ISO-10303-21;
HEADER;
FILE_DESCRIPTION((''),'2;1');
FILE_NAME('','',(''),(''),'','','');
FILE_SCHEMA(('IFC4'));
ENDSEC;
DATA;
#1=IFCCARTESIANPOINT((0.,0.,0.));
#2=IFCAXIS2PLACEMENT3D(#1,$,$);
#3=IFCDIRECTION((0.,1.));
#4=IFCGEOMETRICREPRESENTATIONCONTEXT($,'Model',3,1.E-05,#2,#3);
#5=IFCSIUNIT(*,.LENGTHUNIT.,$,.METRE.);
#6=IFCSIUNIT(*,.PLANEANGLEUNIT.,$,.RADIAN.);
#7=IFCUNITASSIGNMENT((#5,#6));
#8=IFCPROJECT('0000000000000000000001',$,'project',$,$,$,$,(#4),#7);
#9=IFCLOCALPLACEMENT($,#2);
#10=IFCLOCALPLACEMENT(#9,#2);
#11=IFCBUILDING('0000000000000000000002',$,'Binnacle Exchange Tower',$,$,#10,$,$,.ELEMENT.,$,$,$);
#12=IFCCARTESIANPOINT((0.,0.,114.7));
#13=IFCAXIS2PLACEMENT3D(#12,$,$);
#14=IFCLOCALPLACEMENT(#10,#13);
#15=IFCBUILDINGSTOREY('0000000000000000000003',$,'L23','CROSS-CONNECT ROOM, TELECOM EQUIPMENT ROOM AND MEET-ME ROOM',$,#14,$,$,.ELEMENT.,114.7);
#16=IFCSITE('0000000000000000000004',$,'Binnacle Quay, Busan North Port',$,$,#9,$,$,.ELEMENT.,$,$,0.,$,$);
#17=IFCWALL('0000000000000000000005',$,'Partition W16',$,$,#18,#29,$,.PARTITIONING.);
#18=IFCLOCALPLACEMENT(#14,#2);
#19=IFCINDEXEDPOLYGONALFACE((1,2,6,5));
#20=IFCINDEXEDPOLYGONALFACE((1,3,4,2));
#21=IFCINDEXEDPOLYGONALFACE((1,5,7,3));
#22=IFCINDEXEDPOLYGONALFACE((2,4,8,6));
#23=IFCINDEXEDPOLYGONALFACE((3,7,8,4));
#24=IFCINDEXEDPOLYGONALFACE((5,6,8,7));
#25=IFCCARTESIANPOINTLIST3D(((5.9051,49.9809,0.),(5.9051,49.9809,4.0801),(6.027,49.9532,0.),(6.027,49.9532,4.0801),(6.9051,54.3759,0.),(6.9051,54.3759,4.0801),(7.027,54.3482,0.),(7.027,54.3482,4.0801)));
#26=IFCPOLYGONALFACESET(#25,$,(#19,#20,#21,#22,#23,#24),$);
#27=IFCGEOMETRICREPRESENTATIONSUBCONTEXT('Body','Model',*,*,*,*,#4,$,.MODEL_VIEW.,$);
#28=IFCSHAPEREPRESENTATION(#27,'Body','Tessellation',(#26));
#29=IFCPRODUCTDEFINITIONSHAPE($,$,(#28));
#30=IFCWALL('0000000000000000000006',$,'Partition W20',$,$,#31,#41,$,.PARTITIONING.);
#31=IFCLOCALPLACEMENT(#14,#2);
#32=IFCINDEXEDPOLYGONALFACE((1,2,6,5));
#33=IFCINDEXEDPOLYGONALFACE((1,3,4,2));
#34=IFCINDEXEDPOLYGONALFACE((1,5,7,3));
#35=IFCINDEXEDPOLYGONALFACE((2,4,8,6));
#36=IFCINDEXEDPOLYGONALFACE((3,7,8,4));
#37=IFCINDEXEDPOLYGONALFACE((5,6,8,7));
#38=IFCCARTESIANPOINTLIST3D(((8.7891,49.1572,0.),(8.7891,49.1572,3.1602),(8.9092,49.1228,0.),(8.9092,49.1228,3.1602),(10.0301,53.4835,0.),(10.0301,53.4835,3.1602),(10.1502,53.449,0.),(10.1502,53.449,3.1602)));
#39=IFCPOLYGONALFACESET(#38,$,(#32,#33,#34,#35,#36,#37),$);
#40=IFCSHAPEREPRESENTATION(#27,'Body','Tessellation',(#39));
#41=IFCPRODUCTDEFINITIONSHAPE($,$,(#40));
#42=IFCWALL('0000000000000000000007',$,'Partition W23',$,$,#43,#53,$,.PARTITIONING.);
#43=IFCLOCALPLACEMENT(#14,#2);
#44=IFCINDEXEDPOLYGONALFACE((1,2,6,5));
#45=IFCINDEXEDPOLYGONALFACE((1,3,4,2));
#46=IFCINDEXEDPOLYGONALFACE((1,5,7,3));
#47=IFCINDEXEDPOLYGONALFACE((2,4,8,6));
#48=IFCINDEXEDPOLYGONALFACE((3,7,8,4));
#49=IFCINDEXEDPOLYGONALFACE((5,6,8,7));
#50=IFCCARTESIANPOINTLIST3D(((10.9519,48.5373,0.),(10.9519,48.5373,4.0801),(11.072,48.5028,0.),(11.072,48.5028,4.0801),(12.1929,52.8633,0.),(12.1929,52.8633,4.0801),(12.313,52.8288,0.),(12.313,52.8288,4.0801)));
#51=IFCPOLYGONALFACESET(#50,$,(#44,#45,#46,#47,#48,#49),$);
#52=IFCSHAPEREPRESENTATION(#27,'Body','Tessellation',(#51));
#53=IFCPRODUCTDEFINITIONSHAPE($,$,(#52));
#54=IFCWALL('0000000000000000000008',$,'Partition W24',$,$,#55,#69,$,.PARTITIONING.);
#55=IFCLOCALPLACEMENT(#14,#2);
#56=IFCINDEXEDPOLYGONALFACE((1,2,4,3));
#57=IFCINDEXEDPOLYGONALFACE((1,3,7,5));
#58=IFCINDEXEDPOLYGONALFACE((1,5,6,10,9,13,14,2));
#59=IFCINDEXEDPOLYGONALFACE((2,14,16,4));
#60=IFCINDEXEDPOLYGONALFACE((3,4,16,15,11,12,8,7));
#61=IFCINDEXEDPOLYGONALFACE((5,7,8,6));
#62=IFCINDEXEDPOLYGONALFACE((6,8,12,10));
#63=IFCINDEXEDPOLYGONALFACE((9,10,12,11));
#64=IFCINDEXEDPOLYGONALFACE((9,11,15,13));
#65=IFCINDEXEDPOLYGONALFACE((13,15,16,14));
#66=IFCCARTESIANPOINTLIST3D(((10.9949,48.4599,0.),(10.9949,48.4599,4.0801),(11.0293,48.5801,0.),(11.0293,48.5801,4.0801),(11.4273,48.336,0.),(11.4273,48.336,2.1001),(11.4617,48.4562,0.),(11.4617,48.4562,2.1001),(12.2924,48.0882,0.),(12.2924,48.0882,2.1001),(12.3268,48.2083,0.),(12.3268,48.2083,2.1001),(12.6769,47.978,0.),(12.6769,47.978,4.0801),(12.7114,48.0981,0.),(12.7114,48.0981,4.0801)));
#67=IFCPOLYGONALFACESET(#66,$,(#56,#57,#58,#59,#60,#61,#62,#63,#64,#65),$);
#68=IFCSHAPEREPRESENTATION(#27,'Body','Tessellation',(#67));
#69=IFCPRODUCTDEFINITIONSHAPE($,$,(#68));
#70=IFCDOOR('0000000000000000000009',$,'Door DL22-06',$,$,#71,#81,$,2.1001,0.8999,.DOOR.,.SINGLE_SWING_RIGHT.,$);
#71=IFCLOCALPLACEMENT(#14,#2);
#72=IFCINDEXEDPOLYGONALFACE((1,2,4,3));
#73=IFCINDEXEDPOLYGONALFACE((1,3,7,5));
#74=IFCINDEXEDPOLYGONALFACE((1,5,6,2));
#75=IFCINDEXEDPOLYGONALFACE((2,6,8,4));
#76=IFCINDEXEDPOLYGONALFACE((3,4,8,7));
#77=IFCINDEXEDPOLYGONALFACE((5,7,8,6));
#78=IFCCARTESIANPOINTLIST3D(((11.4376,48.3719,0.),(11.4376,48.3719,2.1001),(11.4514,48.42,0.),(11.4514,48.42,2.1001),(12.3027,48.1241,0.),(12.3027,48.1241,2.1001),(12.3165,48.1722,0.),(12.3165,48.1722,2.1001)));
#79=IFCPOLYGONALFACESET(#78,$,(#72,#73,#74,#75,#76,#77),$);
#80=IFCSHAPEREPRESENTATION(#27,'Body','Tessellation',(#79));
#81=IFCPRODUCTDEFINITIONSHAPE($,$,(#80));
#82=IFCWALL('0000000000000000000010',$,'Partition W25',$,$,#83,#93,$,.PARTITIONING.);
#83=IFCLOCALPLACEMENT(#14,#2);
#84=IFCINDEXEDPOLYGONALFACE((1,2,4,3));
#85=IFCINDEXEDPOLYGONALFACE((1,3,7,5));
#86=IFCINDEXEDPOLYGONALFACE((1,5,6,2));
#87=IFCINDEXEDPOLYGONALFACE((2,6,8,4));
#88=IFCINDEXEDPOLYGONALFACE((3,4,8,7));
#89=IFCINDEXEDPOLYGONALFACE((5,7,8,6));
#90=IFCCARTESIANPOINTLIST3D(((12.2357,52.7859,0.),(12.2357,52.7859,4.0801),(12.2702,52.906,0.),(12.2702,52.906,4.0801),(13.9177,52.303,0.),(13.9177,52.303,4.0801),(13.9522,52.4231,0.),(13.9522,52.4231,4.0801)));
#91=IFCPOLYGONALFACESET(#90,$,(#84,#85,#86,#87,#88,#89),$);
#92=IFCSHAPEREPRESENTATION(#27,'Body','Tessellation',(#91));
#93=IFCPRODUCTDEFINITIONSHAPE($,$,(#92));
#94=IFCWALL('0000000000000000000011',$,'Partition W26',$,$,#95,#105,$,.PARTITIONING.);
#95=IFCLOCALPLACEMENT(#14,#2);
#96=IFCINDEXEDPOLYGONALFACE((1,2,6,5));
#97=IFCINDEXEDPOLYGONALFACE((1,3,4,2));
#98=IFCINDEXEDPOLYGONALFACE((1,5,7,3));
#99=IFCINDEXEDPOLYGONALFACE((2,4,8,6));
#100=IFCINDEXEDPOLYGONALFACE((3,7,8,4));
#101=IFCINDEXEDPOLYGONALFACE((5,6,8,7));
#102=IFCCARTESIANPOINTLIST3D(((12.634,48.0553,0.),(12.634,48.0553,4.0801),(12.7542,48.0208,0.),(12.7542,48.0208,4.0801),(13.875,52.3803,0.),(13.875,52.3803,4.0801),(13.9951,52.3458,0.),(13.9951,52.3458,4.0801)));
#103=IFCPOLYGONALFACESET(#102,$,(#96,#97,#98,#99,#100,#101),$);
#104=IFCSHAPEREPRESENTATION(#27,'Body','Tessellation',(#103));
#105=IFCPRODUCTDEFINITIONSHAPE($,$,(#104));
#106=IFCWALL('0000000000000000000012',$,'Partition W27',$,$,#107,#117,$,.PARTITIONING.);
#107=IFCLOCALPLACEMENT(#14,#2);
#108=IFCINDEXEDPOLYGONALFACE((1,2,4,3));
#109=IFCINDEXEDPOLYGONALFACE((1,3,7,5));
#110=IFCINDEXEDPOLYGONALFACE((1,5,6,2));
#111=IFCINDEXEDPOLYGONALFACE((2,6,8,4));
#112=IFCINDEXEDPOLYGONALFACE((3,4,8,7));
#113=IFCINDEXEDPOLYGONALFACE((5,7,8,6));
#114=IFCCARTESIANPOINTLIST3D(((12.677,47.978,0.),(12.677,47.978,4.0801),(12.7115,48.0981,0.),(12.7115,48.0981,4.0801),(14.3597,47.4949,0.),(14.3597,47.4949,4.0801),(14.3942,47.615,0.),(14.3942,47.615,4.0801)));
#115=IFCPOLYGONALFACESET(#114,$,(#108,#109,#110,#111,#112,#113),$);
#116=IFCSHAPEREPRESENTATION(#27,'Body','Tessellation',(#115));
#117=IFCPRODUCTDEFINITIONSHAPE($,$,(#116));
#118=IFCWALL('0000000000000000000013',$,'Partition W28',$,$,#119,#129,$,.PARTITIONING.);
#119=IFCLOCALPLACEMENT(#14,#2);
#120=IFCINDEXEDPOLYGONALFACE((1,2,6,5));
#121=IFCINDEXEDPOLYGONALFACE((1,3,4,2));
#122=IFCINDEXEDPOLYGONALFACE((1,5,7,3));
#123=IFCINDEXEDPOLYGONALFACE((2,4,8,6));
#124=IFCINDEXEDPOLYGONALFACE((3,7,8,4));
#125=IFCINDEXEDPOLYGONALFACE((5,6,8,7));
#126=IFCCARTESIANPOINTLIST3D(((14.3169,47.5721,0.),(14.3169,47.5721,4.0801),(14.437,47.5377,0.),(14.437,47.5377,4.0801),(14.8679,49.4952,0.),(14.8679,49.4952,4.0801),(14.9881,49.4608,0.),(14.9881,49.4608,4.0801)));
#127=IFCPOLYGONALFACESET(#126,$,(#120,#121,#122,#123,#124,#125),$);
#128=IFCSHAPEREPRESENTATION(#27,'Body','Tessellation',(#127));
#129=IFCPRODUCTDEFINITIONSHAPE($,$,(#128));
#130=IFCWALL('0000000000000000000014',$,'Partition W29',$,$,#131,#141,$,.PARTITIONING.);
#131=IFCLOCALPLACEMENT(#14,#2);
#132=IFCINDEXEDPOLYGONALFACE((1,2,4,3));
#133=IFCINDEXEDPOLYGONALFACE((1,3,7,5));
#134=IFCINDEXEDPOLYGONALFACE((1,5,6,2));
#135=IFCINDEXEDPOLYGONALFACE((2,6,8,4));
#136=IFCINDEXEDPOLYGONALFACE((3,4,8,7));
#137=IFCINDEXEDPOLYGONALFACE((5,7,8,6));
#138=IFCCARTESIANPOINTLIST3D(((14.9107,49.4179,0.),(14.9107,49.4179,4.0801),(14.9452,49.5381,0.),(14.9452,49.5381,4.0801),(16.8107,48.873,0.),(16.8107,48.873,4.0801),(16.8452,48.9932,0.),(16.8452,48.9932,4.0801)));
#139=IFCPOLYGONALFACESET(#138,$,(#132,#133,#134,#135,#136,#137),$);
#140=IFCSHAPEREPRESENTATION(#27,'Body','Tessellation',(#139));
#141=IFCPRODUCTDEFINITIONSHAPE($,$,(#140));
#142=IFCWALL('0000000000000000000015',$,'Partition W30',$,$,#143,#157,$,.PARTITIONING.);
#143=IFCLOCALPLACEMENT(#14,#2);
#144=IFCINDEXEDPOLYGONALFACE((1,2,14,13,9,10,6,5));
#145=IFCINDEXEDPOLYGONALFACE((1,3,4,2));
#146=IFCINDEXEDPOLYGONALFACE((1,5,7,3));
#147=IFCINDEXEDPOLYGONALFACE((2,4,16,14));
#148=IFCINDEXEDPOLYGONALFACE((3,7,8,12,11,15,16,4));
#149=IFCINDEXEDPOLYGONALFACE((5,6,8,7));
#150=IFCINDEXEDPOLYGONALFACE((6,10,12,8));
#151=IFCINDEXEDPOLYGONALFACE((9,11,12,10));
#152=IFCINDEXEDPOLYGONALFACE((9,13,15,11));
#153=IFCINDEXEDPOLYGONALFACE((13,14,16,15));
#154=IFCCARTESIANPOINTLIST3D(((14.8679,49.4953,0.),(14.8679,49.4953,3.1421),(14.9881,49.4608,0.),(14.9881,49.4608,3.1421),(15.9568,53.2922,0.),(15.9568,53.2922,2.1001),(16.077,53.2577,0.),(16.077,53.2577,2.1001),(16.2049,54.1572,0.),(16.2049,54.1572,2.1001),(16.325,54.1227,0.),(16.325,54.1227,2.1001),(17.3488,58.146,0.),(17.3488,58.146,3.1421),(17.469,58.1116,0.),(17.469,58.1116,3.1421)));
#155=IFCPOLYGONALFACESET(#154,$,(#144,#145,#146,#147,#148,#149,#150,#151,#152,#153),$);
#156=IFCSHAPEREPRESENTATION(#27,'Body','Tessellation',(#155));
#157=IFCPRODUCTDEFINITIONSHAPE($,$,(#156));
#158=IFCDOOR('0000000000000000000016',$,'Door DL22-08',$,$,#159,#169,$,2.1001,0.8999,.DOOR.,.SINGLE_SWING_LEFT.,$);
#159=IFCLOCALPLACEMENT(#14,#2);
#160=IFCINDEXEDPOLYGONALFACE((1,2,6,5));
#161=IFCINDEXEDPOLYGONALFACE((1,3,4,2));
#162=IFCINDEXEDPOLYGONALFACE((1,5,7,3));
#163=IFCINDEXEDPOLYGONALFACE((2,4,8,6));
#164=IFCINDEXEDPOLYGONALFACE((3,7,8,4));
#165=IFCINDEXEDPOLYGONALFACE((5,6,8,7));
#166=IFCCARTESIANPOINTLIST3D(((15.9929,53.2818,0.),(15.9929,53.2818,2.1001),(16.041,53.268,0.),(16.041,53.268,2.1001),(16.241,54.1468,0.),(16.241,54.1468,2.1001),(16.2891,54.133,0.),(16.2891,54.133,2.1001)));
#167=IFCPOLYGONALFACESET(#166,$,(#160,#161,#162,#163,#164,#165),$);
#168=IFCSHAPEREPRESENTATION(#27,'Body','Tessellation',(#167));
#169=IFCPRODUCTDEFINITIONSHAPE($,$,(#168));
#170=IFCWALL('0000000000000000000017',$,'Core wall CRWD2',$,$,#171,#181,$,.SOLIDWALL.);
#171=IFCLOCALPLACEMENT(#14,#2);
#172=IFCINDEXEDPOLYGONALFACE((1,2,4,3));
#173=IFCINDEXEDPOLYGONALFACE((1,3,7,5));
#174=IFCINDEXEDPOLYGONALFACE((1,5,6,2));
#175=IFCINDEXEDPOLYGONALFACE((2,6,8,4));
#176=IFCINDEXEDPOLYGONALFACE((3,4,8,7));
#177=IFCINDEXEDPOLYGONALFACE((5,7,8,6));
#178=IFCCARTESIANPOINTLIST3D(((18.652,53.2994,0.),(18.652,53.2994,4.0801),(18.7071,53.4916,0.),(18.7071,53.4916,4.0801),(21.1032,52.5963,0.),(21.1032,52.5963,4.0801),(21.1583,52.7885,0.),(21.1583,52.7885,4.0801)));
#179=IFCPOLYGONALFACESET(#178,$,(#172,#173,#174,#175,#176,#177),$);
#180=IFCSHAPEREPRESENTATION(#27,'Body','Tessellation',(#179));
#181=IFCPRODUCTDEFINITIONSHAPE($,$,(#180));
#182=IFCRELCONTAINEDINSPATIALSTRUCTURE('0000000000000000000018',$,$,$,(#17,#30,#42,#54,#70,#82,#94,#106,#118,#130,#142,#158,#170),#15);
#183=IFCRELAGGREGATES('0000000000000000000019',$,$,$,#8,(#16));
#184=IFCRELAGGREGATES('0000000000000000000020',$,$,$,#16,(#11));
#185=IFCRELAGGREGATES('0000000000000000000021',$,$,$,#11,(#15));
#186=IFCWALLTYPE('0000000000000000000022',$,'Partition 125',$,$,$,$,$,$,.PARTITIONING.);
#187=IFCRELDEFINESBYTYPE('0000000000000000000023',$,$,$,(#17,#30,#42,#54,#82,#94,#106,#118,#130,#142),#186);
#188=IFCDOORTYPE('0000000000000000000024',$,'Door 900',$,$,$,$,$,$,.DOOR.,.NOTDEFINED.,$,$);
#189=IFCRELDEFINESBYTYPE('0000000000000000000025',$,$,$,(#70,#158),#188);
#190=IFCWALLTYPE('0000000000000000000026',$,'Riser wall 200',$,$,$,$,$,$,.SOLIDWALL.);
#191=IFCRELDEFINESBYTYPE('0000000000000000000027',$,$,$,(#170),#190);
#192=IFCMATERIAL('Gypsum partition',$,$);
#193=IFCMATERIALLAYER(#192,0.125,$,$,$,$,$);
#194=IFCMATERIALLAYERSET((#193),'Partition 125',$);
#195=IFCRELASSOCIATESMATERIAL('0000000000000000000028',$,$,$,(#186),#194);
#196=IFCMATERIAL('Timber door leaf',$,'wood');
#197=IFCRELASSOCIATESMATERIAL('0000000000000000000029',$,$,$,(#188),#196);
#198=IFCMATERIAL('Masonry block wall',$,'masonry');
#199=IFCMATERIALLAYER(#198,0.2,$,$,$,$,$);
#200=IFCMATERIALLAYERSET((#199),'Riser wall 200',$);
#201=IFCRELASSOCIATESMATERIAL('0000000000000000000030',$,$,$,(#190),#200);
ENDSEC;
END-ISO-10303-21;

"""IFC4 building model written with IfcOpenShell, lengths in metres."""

from ifc_helpers import new_model, si_unit, direction, frame, frame_2d, origin, place, context, subcontext, project, spatial, rectangle, extrude, material, layer, layer_set, type_object, element, fill, save


model = new_model("IFC4")

# Units and contexts
model_context = context("Model", 3, precision=1e-05, world=origin(), true_north=direction((0.0, 1.0)))
body_context = subcontext(model_context, "Body", "Model", "MODEL_VIEW")
ifc_project = project(units=[si_unit("LENGTHUNIT", "METRE"), si_unit("PLANEANGLEUNIT", "RADIAN")], contexts=[model_context])

# Site, building, storey
site_placement = place(None, origin())
site = spatial("IfcSite", under=ifc_project, at=site_placement, Name="Binnacle Quay, Busan North Port", CompositionType="ELEMENT", RefElevation=0.0)
building_placement = place(site_placement, origin())
building = spatial("IfcBuilding", under=site, at=building_placement, Name="Binnacle Exchange Tower", CompositionType="ELEMENT")
storey_placement = place(building_placement, frame((0.0, 0.0, 114.7)))
storey = spatial("IfcBuildingStorey", under=building, at=storey_placement, Name="L23", Description="CROSS-CONNECT ROOM, TELECOM EQUIPMENT ROOM AND MEET-ME ROOM", CompositionType="ELEMENT", Elevation=114.7)

# Walls
ifc_material_1 = material(Name="Gypsum partition")
ifc_layer_1 = layer(ifc_material_1, 0.125)
ifc_layer_set_1 = layer_set([ifc_layer_1], Name="Partition 125")
wall_type_1 = type_object("IfcWallType", Name="Partition 125", PredefinedType="PARTITIONING", material=ifc_layer_set_1)
wall_1_placement = place(storey_placement, frame((5.9661, 49.967, 0.0), z_axis=(0.0, 0.0, 1.0), x_axis=(0.22186, 0.975079, 0.0)))
element("IfcWall", 1, at=wall_1_placement, inside=storey, type_object=wall_type_1, Name="Partition W16", PredefinedType="PARTITIONING", context=body_context, shape_type="SweptSolid", body=[
    extrude(rectangle(XDim=4.5073, YDim=0.125, at=frame_2d((2.2537, 0.0))), origin(), (0.0, 0.0, 1.0), 4.0801),
])
wall_2_placement = place(storey_placement, frame((8.8491, 49.1399, 0.0), z_axis=(0.0, 0.0, 1.0), x_axis=(0.275731, 0.961235, 0.0)))
element("IfcWall", 2, at=wall_2_placement, inside=storey, type_object=wall_type_1, Name="Partition W20", PredefinedType="PARTITIONING", context=body_context, shape_type="SweptSolid", body=[
    extrude(rectangle(XDim=4.5007, YDim=0.125, at=frame_2d((2.2505, 0.0))), origin(), (0.0, 0.0, 1.0), 3.1602),
])
wall_3_placement = place(storey_placement, frame((11.012, 48.52, 0.0), z_axis=(0.0, 0.0, 1.0), x_axis=(0.275746, 0.961231, 0.0)))
element("IfcWall", 3, at=wall_3_placement, inside=storey, type_object=wall_type_1, Name="Partition W23", PredefinedType="PARTITIONING", context=body_context, shape_type="SweptSolid", body=[
    extrude(rectangle(XDim=4.5005, YDim=0.125, at=frame_2d((2.2502, 0.0))), origin(), (0.0, 0.0, 1.0), 4.0801),
])

# Wall, opening, door
wall_4_placement = place(storey_placement, frame((11.012, 48.52, 0.0), z_axis=(0.0, 0.0, 1.0), x_axis=(0.961324, -0.275421, 0.0)))
wall_4 = element("IfcWall", 4, at=wall_4_placement, inside=storey, type_object=wall_type_1, Name="Partition W24", PredefinedType="PARTITIONING", context=body_context, shape_type="SweptSolid", body=[
    extrude(rectangle(XDim=1.7498, YDim=0.125, at=frame_2d((0.875, 0.0))), origin(), (0.0, 0.0, 1.0), 4.0801),
])
opening_1_placement = place(wall_4_placement, frame((0.45, 0.0, 0.0)))
opening_1 = element("IfcOpeningElement", 5, at=opening_1_placement, cuts=wall_4, PredefinedType="OPENING", context=body_context, shape_type="SweptSolid", body=[
    extrude(rectangle(XDim=0.8999, YDim=2.1001, at=frame_2d((0.45, 1.05))), frame((0.0, 0.0725, 0.0), z_axis=(0.0, -1.0, 0.0), x_axis=(1.0, 0.0, 0.0)), (0.0, 0.0, 1.0), 0.145),
])
ifc_material_2 = material(Name="Timber door leaf", Category="wood")
door_type_1 = type_object("IfcDoorType", Name="Door 900", OperationType="NOTDEFINED", PredefinedType="DOOR", material=ifc_material_2)
door_1_placement = place(opening_1_placement, origin())
door_1 = element("IfcDoor", 6, at=door_1_placement, inside=storey, type_object=door_type_1, Name="Door DL22-06", OperationType="SINGLE_SWING_RIGHT", OverallHeight=2.1001, OverallWidth=0.8999, PredefinedType="DOOR", context=body_context, shape_type="SweptSolid", body=[
    extrude(rectangle(XDim=0.8999, YDim=2.1001, at=frame_2d((0.45, 1.05))), frame((0.0, 0.0249, 0.0), z_axis=(0.0, -1.0, 0.0), x_axis=(1.0, 0.0, 0.0)), (0.0, 0.0, 1.0), 0.05),
])
fill(opening_1, door_1)

# Walls
wall_5_placement = place(storey_placement, frame((12.2529, 52.8459, 0.0), z_axis=(0.0, 0.0, 1.0), x_axis=(0.961176, -0.275937, 0.0)))
element("IfcWall", 7, at=wall_5_placement, inside=storey, type_object=wall_type_1, Name="Partition W25", PredefinedType="PARTITIONING", context=body_context, shape_type="SweptSolid", body=[
    extrude(rectangle(XDim=1.75, YDim=0.125, at=frame_2d((0.875, 0.0))), origin(), (0.0, 0.0, 1.0), 4.0801),
])
wall_6_placement = place(storey_placement, frame((12.6941, 48.0381, 0.0), z_axis=(0.0, 0.0, 1.0), x_axis=(0.275803, 0.961214, 0.0)))
element("IfcWall", 8, at=wall_6_placement, inside=storey, type_object=wall_type_1, Name="Partition W26", PredefinedType="PARTITIONING", context=body_context, shape_type="SweptSolid", body=[
    extrude(rectangle(XDim=4.4995, YDim=0.125, at=frame_2d((2.2498, 0.0))), origin(), (0.0, 0.0, 1.0), 4.0801),
])
wall_7_placement = place(storey_placement, frame((12.6941, 48.0381, 0.0), z_axis=(0.0, 0.0, 1.0), x_axis=(0.961171, -0.275955, 0.0)))
element("IfcWall", 9, at=wall_7_placement, inside=storey, type_object=wall_type_1, Name="Partition W27", PredefinedType="PARTITIONING", context=body_context, shape_type="SweptSolid", body=[
    extrude(rectangle(XDim=1.7507, YDim=0.125, at=frame_2d((0.8755, 0.0))), origin(), (0.0, 0.0, 1.0), 4.0801),
])
wall_8_placement = place(storey_placement, frame((14.377, 47.5549, 0.0), z_axis=(0.0, 0.0, 1.0), x_axis=(0.275446, 0.961316, 0.0)))
element("IfcWall", 10, at=wall_8_placement, inside=storey, type_object=wall_type_1, Name="Partition W28", PredefinedType="PARTITIONING", context=body_context, shape_type="SweptSolid", body=[
    extrude(rectangle(XDim=2.0005, YDim=0.125, at=frame_2d((1.0002, 0.0))), origin(), (0.0, 0.0, 1.0), 4.0801),
])
wall_9_placement = place(storey_placement, frame((14.928, 49.478, 0.0), z_axis=(0.0, 0.0, 1.0), x_axis=(0.961244, -0.2757, 0.0)))
element("IfcWall", 11, at=wall_9_placement, inside=storey, type_object=wall_type_1, Name="Partition W29", PredefinedType="PARTITIONING", context=body_context, shape_type="SweptSolid", body=[
    extrude(rectangle(XDim=1.9766, YDim=0.125, at=frame_2d((0.9883, 0.0))), origin(), (0.0, 0.0, 1.0), 4.0801),
])

# Wall, opening, door
wall_10_placement = place(storey_placement, frame((14.928, 49.478, 0.0), z_axis=(0.0, 0.0, 1.0), x_axis=(0.275674, 0.961251, 0.0)))
wall_10 = element("IfcWall", 12, at=wall_10_placement, inside=storey, type_object=wall_type_1, Name="Partition W30", PredefinedType="PARTITIONING", context=body_context, shape_type="SweptSolid", body=[
    extrude(rectangle(XDim=8.9995, YDim=0.125, at=frame_2d((4.4998, 0.0))), origin(), (0.0, 0.0, 1.0), 3.1421),
])
opening_2_placement = place(wall_10_placement, frame((3.95, 0.0, 0.0)))
opening_2 = element("IfcOpeningElement", 13, at=opening_2_placement, cuts=wall_10, PredefinedType="OPENING", context=body_context, shape_type="SweptSolid", body=[
    extrude(rectangle(XDim=0.8999, YDim=2.1001, at=frame_2d((0.45, 1.05))), frame((0.0, 0.0725, 0.0), z_axis=(0.0, -1.0, 0.0), x_axis=(1.0, 0.0, 0.0)), (0.0, 0.0, 1.0), 0.145),
])
door_2_placement = place(opening_2_placement, origin())
door_2 = element("IfcDoor", 14, at=door_2_placement, inside=storey, type_object=door_type_1, Name="Door DL22-08", OperationType="SINGLE_SWING_LEFT", OverallHeight=2.1001, OverallWidth=0.8999, PredefinedType="DOOR", context=body_context, shape_type="SweptSolid", body=[
    extrude(rectangle(XDim=0.8999, YDim=2.1001, at=frame_2d((0.45, 1.05))), frame((0.0, 0.0249, 0.0), z_axis=(0.0, -1.0, 0.0), x_axis=(1.0, 0.0, 0.0)), (0.0, 0.0, 1.0), 0.05),
])
fill(opening_2, door_2)

# Wall
ifc_material_3 = material(Name="Masonry block wall", Category="masonry")
ifc_layer_2 = layer(ifc_material_3, 0.2)
ifc_layer_set_2 = layer_set([ifc_layer_2], Name="Riser wall 200")
wall_type_2 = type_object("IfcWallType", Name="Riser wall 200", PredefinedType="SOLIDWALL", material=ifc_layer_set_2)
wall_11_placement = place(storey_placement, frame((18.6797, 53.3955, 0.0), z_axis=(0.0, 0.0, 1.0), x_axis=(0.961234, -0.275733, 0.0)))
element("IfcWall", 15, at=wall_11_placement, inside=storey, type_object=wall_type_2, Name="Core wall CRWD2", PredefinedType="SOLIDWALL", context=body_context, shape_type="SweptSolid", body=[
    extrude(rectangle(XDim=2.55, YDim=0.2, at=frame_2d((1.2749, 0.0))), origin(), (0.0, 0.0, 1.0), 4.0801),
])

save(model, "model.ifc")
